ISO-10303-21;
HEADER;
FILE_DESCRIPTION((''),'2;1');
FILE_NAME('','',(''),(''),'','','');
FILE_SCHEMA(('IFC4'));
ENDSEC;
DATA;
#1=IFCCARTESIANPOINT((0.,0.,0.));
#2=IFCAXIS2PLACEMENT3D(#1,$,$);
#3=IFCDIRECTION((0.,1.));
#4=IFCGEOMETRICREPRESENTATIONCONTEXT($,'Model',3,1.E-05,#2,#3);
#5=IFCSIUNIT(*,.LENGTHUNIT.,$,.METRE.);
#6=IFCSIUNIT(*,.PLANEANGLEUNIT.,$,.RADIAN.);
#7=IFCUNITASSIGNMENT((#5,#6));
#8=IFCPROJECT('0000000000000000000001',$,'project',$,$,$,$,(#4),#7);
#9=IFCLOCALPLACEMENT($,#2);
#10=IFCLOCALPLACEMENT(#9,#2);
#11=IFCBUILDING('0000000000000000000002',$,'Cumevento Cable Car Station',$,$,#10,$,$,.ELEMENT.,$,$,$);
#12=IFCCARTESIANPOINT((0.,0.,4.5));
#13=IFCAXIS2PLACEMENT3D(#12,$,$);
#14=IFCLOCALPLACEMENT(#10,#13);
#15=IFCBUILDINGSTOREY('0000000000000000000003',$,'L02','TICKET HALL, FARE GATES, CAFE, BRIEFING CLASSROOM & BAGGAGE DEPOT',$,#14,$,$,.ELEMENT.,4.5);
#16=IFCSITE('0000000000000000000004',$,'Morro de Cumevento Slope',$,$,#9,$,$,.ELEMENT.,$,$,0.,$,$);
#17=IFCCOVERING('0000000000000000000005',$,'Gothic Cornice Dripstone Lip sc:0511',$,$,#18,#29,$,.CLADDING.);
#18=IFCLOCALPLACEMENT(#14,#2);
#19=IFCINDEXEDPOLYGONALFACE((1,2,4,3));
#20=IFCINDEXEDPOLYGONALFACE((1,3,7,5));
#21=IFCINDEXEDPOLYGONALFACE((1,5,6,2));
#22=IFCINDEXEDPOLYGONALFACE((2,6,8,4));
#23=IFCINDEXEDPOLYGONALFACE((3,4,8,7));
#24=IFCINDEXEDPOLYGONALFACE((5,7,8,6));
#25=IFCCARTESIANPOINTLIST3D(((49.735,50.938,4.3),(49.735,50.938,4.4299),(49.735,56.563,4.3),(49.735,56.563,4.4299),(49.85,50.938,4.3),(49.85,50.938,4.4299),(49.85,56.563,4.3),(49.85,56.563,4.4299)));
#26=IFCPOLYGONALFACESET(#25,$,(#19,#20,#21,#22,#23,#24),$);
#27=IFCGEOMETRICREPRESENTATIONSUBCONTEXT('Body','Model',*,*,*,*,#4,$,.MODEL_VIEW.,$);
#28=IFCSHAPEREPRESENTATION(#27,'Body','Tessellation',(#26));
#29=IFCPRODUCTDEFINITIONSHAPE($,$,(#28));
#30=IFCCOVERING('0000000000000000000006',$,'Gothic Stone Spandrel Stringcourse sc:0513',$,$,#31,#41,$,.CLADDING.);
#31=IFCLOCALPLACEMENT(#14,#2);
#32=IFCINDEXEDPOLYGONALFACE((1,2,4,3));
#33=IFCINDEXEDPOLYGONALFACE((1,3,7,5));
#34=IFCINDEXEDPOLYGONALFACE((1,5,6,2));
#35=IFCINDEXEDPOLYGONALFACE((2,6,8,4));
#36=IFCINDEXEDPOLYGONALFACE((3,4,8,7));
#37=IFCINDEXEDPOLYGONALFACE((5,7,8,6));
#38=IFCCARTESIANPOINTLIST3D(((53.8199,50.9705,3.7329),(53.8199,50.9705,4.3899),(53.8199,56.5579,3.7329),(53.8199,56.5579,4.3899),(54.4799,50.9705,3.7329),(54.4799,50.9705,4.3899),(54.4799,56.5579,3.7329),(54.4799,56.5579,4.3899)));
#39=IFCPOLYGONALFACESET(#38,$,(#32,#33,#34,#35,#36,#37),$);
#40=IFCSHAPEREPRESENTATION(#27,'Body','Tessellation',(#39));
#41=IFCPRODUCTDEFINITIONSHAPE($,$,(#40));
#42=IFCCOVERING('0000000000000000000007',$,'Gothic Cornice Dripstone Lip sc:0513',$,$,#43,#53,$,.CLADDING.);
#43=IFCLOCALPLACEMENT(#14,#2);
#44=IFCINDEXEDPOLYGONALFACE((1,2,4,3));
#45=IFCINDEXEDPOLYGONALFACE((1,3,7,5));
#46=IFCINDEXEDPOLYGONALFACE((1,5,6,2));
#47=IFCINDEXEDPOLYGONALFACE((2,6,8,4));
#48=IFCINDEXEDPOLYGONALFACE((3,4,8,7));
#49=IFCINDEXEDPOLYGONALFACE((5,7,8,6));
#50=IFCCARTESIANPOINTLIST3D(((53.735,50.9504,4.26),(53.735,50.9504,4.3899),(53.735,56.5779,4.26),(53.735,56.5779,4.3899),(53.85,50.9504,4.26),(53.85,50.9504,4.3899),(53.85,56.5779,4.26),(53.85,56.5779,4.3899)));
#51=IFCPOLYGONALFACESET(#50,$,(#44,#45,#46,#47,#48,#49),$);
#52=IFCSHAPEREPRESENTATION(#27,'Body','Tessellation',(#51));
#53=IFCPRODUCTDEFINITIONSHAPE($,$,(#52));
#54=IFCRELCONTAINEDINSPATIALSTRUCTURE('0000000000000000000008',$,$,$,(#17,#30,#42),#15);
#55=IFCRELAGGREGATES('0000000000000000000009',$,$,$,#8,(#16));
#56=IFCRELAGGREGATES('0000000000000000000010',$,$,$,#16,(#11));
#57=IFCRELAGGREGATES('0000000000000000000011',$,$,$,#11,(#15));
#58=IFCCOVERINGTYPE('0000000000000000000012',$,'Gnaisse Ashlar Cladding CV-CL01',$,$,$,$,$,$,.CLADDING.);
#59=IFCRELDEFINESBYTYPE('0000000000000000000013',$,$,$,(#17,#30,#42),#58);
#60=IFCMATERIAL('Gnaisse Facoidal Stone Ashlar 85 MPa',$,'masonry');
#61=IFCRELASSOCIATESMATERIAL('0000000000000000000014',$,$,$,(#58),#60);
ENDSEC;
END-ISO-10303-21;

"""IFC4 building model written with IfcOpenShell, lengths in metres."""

from ifc_helpers import new_model, si_unit, direction, frame, origin, origin_2d, place, context, subcontext, project, spatial, rectangle, extrude, material, type_object, element, save


model = new_model("IFC4")

# Units and contexts
model_context = context("Model", 3, precision=1e-05, world=origin(), true_north=direction((0.0, 1.0)))
body_context = subcontext(model_context, "Body", "Model", "MODEL_VIEW")
ifc_project = project(units=[si_unit("LENGTHUNIT", "METRE"), si_unit("PLANEANGLEUNIT", "RADIAN")], contexts=[model_context])

# Site, building, storey
site_placement = place(None, origin())
site = spatial("IfcSite", under=ifc_project, at=site_placement, Name="Morro de Cumevento Slope", CompositionType="ELEMENT", RefElevation=0.0)
building_placement = place(site_placement, origin())
building = spatial("IfcBuilding", under=site, at=building_placement, Name="Cumevento Cable Car Station", CompositionType="ELEMENT")
storey_placement = place(building_placement, frame((0.0, 0.0, 4.5)))
storey = spatial("IfcBuildingStorey", under=building, at=storey_placement, Name="L02", Description="TICKET HALL, FARE GATES, CAFE, BRIEFING CLASSROOM & BAGGAGE DEPOT", CompositionType="ELEMENT", Elevation=4.5)

# Coverings
ifc_material_1 = material(Name="Gnaisse Facoidal Stone Ashlar 85 MPa", Category="masonry")
covering_type = type_object("IfcCoveringType", Name="Gnaisse Ashlar Cladding CV-CL01", PredefinedType="CLADDING", material=ifc_material_1)
covering_1_placement = place(storey_placement, frame((49.7925, 53.7505, 4.3), z_axis=(0.0, 0.0, 1.0), x_axis=(0.0, 1.0, 0.0)))
element("IfcCovering", 1, at=covering_1_placement, inside=storey, type_object=covering_type, Name="Gothic Cornice Dripstone Lip sc:0511", PredefinedType="CLADDING", context=body_context, shape_type="SweptSolid", body=[
    extrude(rectangle(XDim=5.625, YDim=0.115, at=origin_2d()), origin(), (0.0, 0.0, 1.0), 0.1299),
])
covering_2_placement = place(storey_placement, frame((54.1499, 53.7642, 3.7329), z_axis=(0.0, 0.0, 1.0), x_axis=(0.0, 1.0, 0.0)))
element("IfcCovering", 2, at=covering_2_placement, inside=storey, type_object=covering_type, Name="Gothic Stone Spandrel Stringcourse sc:0513", PredefinedType="CLADDING", context=body_context, shape_type="SweptSolid", body=[
    extrude(rectangle(XDim=5.5874, YDim=0.6599, at=origin_2d()), origin(), (0.0, 0.0, 1.0), 0.657),
])
covering_3_placement = place(storey_placement, frame((53.7925, 53.7642, 4.26), z_axis=(0.0, 0.0, 1.0), x_axis=(0.0, 1.0, 0.0)))
element("IfcCovering", 3, at=covering_3_placement, inside=storey, type_object=covering_type, Name="Gothic Cornice Dripstone Lip sc:0513", PredefinedType="CLADDING", context=body_context, shape_type="SweptSolid", body=[
    extrude(rectangle(XDim=5.6274, YDim=0.115, at=origin_2d()), origin(), (0.0, 0.0, 1.0), 0.1299),
])

save(model, "model.ifc")
